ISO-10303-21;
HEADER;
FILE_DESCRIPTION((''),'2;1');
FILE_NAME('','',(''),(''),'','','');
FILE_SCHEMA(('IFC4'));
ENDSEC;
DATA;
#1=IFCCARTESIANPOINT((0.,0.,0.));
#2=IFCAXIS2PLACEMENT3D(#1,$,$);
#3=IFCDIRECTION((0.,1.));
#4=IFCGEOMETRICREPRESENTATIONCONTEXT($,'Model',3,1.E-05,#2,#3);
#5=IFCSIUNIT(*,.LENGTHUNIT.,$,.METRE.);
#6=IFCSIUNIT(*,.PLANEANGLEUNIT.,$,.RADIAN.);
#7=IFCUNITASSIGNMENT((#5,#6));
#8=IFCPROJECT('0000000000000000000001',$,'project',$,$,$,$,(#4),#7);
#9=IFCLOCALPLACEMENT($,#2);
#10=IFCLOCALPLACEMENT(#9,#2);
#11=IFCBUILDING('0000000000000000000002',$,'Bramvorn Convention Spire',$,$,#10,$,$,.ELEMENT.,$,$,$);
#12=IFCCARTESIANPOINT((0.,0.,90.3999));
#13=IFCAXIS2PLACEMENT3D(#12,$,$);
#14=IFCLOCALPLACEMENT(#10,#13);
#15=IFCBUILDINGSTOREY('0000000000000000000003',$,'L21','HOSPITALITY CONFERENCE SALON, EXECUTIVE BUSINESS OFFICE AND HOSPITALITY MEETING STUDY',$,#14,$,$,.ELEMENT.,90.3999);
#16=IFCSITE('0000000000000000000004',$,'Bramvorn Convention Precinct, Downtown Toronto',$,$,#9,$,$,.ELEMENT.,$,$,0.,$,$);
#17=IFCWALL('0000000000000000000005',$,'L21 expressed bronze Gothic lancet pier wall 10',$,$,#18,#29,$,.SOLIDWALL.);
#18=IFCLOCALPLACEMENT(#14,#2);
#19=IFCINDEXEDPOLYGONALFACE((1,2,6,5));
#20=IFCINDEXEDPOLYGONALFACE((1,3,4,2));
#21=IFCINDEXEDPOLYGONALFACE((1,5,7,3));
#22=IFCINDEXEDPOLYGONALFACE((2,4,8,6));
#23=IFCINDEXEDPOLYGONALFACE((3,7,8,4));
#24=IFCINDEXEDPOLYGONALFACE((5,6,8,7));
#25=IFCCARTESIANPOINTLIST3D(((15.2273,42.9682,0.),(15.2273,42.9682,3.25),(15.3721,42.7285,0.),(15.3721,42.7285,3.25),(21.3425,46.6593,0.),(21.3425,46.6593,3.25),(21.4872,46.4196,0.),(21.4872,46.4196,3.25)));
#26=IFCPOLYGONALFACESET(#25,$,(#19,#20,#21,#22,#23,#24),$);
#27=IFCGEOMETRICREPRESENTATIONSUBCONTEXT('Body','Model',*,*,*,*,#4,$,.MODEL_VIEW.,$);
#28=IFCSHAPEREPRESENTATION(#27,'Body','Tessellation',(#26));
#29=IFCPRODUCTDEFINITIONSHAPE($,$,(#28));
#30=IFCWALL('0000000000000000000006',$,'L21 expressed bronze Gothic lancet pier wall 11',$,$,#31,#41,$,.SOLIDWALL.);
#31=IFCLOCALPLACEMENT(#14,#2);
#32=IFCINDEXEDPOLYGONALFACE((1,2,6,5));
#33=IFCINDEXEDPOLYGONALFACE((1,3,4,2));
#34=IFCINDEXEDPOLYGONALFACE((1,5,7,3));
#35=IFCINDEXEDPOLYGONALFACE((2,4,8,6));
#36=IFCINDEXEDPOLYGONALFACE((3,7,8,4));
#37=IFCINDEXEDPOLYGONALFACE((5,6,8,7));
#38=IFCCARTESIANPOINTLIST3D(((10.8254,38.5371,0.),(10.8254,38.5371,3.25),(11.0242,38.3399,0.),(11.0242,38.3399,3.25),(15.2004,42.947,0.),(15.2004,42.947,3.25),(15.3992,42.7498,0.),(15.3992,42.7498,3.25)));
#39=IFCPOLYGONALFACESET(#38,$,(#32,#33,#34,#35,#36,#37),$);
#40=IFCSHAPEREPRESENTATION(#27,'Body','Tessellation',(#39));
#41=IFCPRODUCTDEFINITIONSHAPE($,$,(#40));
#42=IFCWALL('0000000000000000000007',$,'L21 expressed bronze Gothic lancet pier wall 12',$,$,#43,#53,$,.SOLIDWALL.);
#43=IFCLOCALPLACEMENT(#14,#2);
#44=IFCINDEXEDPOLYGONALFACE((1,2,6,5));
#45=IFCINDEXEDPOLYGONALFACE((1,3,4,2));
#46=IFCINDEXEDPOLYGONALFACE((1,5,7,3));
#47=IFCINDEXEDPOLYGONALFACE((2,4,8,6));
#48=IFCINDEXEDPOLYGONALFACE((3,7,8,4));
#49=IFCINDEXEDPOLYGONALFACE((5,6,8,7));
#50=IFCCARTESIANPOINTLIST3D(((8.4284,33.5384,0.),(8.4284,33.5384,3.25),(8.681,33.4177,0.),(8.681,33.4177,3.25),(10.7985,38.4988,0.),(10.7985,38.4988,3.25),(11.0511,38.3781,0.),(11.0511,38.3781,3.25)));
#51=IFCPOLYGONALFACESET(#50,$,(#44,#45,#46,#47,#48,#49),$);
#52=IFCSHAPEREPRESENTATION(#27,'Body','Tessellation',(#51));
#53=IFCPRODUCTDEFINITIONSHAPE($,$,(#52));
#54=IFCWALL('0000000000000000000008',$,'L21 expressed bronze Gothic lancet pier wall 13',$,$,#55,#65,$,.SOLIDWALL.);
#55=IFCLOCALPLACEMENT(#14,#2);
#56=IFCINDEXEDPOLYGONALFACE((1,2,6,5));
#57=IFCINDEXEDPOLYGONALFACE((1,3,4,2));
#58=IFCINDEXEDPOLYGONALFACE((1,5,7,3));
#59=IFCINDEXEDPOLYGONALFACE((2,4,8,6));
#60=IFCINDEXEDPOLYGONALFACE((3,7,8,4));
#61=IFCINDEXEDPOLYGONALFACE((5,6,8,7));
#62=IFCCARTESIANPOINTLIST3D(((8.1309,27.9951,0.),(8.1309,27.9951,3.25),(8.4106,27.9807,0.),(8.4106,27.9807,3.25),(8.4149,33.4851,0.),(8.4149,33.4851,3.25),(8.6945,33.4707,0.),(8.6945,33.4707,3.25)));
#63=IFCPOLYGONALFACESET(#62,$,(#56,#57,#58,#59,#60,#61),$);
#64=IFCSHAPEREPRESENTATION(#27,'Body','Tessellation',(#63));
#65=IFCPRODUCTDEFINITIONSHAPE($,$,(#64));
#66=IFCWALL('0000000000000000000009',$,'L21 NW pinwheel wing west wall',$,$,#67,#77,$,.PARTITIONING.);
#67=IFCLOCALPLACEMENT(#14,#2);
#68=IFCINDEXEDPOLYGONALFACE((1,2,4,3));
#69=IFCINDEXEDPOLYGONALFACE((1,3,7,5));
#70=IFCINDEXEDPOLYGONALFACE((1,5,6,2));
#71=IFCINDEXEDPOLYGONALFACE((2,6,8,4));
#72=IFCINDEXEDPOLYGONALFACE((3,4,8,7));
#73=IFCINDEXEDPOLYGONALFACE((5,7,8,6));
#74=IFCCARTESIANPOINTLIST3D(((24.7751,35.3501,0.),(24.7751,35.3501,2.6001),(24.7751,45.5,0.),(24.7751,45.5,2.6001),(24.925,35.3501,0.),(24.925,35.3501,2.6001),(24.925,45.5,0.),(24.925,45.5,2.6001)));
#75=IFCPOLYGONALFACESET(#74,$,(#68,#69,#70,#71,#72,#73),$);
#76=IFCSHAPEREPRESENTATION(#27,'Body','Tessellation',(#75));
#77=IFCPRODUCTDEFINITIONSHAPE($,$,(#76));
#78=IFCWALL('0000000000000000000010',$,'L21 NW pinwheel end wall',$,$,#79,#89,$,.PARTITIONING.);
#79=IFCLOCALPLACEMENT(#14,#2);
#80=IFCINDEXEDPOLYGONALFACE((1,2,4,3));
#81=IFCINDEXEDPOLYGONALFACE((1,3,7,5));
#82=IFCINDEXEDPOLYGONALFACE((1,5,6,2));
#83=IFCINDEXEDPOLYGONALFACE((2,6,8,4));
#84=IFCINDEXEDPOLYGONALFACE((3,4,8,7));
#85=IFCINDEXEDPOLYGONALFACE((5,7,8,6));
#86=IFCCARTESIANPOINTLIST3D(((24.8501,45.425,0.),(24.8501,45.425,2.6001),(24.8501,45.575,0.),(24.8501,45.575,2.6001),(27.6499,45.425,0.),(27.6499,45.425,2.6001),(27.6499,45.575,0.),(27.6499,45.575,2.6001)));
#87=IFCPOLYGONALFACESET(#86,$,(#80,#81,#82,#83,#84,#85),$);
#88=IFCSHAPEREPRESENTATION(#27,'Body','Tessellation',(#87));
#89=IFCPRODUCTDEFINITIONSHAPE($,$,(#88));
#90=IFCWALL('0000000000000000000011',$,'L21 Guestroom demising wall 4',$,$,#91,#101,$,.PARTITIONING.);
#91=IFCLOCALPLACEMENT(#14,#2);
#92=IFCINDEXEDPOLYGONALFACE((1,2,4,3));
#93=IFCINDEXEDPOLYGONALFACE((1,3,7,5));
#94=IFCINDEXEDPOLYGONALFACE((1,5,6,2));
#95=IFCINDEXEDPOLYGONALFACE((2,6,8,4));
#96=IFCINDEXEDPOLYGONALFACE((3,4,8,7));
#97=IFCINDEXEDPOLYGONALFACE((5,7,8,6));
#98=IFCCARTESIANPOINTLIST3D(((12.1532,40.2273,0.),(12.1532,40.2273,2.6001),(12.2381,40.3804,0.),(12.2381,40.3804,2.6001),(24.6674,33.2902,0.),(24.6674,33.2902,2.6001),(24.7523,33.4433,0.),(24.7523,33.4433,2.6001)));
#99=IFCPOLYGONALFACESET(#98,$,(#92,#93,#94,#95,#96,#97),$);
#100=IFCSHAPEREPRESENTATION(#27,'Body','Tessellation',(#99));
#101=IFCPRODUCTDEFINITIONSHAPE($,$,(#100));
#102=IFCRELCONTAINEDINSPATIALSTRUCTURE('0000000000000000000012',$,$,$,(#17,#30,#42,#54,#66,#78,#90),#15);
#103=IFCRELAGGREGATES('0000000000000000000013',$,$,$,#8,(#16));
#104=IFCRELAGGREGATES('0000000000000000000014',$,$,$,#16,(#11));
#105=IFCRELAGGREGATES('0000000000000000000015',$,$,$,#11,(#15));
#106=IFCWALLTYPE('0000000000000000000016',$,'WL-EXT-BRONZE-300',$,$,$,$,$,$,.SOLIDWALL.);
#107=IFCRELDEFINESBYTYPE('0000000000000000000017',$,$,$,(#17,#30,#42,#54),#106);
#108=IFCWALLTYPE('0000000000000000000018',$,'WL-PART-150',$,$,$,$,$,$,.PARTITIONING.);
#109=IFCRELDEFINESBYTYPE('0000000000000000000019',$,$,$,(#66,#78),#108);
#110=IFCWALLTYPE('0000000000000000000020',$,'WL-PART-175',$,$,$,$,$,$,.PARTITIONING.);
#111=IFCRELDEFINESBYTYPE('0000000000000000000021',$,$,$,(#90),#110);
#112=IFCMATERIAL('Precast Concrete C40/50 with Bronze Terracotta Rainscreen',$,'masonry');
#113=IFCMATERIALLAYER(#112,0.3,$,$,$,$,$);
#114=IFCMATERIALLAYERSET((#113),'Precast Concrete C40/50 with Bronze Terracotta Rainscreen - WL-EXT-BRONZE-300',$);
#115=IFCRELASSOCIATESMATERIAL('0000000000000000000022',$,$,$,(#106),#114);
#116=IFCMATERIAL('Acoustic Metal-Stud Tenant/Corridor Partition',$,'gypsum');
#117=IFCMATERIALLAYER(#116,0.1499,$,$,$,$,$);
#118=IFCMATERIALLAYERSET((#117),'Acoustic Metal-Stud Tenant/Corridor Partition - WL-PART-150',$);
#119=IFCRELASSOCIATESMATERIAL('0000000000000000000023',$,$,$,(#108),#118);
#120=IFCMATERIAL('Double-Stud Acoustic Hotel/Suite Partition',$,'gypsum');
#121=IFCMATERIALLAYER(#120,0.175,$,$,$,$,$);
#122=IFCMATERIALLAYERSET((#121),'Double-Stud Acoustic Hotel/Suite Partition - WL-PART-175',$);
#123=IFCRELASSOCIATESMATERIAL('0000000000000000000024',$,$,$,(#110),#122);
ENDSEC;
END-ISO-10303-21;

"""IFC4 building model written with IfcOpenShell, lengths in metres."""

from ifc_helpers import new_model, si_unit, direction, frame, frame_2d, origin, place, context, subcontext, project, spatial, rectangle, extrude, material, layer, layer_set, type_object, element, save


model = new_model("IFC4")

# Units and contexts
model_context = context("Model", 3, precision=1e-05, world=origin(), true_north=direction((0.0, 1.0)))
body_context = subcontext(model_context, "Body", "Model", "MODEL_VIEW")
ifc_project = project(units=[si_unit("LENGTHUNIT", "METRE"), si_unit("PLANEANGLEUNIT", "RADIAN")], contexts=[model_context])

# Site, building, storey
site_placement = place(None, origin())
site = spatial("IfcSite", under=ifc_project, at=site_placement, Name="Bramvorn Convention Precinct, Downtown Toronto", CompositionType="ELEMENT", RefElevation=0.0)
building_placement = place(site_placement, origin())
building = spatial("IfcBuilding", under=site, at=building_placement, Name="Bramvorn Convention Spire", CompositionType="ELEMENT")
storey_placement = place(building_placement, frame((0.0, 0.0, 90.3999)))
storey = spatial("IfcBuildingStorey", under=building, at=storey_placement, Name="L21", Description="HOSPITALITY CONFERENCE SALON, EXECUTIVE BUSINESS OFFICE AND HOSPITALITY MEETING STUDY", CompositionType="ELEMENT", Elevation=90.3999)

# Walls
ifc_material_1 = material(Name="Precast Concrete C40/50 with Bronze Terracotta Rainscreen", Category="masonry")
ifc_layer_1 = layer(ifc_material_1, 0.3)
ifc_layer_set_1 = layer_set([ifc_layer_1], Name="Precast Concrete C40/50 with Bronze Terracotta Rainscreen - WL-EXT-BRONZE-300")
wall_type_1 = type_object("IfcWallType", Name="WL-EXT-BRONZE-300", PredefinedType="SOLIDWALL", material=ifc_layer_set_1)
wall_1_placement = place(storey_placement, frame((15.2998, 42.8484, 0.0), z_axis=(0.0, 0.0, 1.0), x_axis=(0.85613, 0.516761, 0.0)))
element("IfcWall", 1, at=wall_1_placement, inside=storey, type_object=wall_type_1, Name="L21 expressed bronze Gothic lancet pier wall 10", PredefinedType="SOLIDWALL", context=body_context, shape_type="SweptSolid", body=[
    extrude(rectangle(XDim=7.1428, YDim=0.28, at=frame_2d((3.5713, 0.0))), origin(), (0.0, 0.0, 1.0), 3.25),
])
wall_2_placement = place(storey_placement, frame((10.9248, 38.4385, 0.0), z_axis=(0.0, 0.0, 1.0), x_axis=(0.704291, 0.709911, 0.0)))
element("IfcWall", 2, at=wall_2_placement, inside=storey, type_object=wall_type_1, Name="L21 expressed bronze Gothic lancet pier wall 11", PredefinedType="SOLIDWALL", context=body_context, shape_type="SweptSolid", body=[
    extrude(rectangle(XDim=6.2119, YDim=0.28, at=frame_2d((3.106, 0.0))), origin(), (0.0, 0.0, 1.0), 3.25),
])
wall_3_placement = place(storey_placement, frame((8.5547, 33.478, 0.0), z_axis=(0.0, 0.0, 1.0), x_axis=(0.431119, 0.902295, 0.0)))
element("IfcWall", 3, at=wall_3_placement, inside=storey, type_object=wall_type_1, Name="L21 expressed bronze Gothic lancet pier wall 12", PredefinedType="SOLIDWALL", context=body_context, shape_type="SweptSolid", body=[
    extrude(rectangle(XDim=5.4976, YDim=0.28, at=frame_2d((2.7488, 0.0))), origin(), (0.0, 0.0, 1.0), 3.25),
])
wall_4_placement = place(storey_placement, frame((8.2708, 27.988, 0.0), z_axis=(0.0, 0.0, 1.0), x_axis=(0.05165, 0.998665, 0.0)))
element("IfcWall", 4, at=wall_4_placement, inside=storey, type_object=wall_type_1, Name="L21 expressed bronze Gothic lancet pier wall 13", PredefinedType="SOLIDWALL", context=body_context, shape_type="SweptSolid", body=[
    extrude(rectangle(XDim=5.4973, YDim=0.28, at=frame_2d((2.7485, 0.0))), origin(), (0.0, 0.0, 1.0), 3.25),
])
ifc_material_2 = material(Name="Acoustic Metal-Stud Tenant/Corridor Partition", Category="gypsum")
ifc_layer_2 = layer(ifc_material_2, 0.1499)
ifc_layer_set_2 = layer_set([ifc_layer_2], Name="Acoustic Metal-Stud Tenant/Corridor Partition - WL-PART-150")
wall_type_2 = type_object("IfcWallType", Name="WL-PART-150", PredefinedType="PARTITIONING", material=ifc_layer_set_2)
wall_5_placement = place(storey_placement, frame((24.8501, 35.3501, 0.0), z_axis=(0.0, 0.0, 1.0), x_axis=(0.0, 1.0, 0.0)))
element("IfcWall", 5, at=wall_5_placement, inside=storey, type_object=wall_type_2, Name="L21 NW pinwheel wing west wall", PredefinedType="PARTITIONING", context=body_context, shape_type="SweptSolid", body=[
    extrude(rectangle(XDim=10.1499, YDim=0.1499, at=frame_2d((5.075, 0.0))), origin(), (0.0, 0.0, 1.0), 2.6001),
])
wall_6_placement = place(storey_placement, frame((24.8501, 45.5, 0.0), z_axis=(0.0, 0.0, 1.0), x_axis=(1.0, 0.0, 0.0)))
element("IfcWall", 6, at=wall_6_placement, inside=storey, type_object=wall_type_2, Name="L21 NW pinwheel end wall", PredefinedType="PARTITIONING", context=body_context, shape_type="SweptSolid", body=[
    extrude(rectangle(XDim=2.7998, YDim=0.1499, at=frame_2d((1.3999, 0.0))), origin(), (0.0, 0.0, 1.0), 2.6001),
])
ifc_material_3 = material(Name="Double-Stud Acoustic Hotel/Suite Partition", Category="gypsum")
ifc_layer_3 = layer(ifc_material_3, 0.175)
ifc_layer_set_3 = layer_set([ifc_layer_3], Name="Double-Stud Acoustic Hotel/Suite Partition - WL-PART-175")
wall_type_3 = type_object("IfcWallType", Name="WL-PART-175", PredefinedType="PARTITIONING", material=ifc_layer_set_3)
wall_7_placement = place(storey_placement, frame((24.71, 33.3667, 0.0), z_axis=(0.0, 0.0, 1.0), x_axis=(-0.874611, 0.484826, 0.0)))
element("IfcWall", 7, at=wall_7_placement, inside=storey, type_object=wall_type_3, Name="L21 Guestroom demising wall 4", PredefinedType="PARTITIONING", context=body_context, shape_type="SweptSolid", body=[
    extrude(rectangle(XDim=14.3083, YDim=0.175, at=frame_2d((7.1543, 0.0))), origin(), (0.0, 0.0, 1.0), 2.6001),
])

save(model, "model.ifc")
